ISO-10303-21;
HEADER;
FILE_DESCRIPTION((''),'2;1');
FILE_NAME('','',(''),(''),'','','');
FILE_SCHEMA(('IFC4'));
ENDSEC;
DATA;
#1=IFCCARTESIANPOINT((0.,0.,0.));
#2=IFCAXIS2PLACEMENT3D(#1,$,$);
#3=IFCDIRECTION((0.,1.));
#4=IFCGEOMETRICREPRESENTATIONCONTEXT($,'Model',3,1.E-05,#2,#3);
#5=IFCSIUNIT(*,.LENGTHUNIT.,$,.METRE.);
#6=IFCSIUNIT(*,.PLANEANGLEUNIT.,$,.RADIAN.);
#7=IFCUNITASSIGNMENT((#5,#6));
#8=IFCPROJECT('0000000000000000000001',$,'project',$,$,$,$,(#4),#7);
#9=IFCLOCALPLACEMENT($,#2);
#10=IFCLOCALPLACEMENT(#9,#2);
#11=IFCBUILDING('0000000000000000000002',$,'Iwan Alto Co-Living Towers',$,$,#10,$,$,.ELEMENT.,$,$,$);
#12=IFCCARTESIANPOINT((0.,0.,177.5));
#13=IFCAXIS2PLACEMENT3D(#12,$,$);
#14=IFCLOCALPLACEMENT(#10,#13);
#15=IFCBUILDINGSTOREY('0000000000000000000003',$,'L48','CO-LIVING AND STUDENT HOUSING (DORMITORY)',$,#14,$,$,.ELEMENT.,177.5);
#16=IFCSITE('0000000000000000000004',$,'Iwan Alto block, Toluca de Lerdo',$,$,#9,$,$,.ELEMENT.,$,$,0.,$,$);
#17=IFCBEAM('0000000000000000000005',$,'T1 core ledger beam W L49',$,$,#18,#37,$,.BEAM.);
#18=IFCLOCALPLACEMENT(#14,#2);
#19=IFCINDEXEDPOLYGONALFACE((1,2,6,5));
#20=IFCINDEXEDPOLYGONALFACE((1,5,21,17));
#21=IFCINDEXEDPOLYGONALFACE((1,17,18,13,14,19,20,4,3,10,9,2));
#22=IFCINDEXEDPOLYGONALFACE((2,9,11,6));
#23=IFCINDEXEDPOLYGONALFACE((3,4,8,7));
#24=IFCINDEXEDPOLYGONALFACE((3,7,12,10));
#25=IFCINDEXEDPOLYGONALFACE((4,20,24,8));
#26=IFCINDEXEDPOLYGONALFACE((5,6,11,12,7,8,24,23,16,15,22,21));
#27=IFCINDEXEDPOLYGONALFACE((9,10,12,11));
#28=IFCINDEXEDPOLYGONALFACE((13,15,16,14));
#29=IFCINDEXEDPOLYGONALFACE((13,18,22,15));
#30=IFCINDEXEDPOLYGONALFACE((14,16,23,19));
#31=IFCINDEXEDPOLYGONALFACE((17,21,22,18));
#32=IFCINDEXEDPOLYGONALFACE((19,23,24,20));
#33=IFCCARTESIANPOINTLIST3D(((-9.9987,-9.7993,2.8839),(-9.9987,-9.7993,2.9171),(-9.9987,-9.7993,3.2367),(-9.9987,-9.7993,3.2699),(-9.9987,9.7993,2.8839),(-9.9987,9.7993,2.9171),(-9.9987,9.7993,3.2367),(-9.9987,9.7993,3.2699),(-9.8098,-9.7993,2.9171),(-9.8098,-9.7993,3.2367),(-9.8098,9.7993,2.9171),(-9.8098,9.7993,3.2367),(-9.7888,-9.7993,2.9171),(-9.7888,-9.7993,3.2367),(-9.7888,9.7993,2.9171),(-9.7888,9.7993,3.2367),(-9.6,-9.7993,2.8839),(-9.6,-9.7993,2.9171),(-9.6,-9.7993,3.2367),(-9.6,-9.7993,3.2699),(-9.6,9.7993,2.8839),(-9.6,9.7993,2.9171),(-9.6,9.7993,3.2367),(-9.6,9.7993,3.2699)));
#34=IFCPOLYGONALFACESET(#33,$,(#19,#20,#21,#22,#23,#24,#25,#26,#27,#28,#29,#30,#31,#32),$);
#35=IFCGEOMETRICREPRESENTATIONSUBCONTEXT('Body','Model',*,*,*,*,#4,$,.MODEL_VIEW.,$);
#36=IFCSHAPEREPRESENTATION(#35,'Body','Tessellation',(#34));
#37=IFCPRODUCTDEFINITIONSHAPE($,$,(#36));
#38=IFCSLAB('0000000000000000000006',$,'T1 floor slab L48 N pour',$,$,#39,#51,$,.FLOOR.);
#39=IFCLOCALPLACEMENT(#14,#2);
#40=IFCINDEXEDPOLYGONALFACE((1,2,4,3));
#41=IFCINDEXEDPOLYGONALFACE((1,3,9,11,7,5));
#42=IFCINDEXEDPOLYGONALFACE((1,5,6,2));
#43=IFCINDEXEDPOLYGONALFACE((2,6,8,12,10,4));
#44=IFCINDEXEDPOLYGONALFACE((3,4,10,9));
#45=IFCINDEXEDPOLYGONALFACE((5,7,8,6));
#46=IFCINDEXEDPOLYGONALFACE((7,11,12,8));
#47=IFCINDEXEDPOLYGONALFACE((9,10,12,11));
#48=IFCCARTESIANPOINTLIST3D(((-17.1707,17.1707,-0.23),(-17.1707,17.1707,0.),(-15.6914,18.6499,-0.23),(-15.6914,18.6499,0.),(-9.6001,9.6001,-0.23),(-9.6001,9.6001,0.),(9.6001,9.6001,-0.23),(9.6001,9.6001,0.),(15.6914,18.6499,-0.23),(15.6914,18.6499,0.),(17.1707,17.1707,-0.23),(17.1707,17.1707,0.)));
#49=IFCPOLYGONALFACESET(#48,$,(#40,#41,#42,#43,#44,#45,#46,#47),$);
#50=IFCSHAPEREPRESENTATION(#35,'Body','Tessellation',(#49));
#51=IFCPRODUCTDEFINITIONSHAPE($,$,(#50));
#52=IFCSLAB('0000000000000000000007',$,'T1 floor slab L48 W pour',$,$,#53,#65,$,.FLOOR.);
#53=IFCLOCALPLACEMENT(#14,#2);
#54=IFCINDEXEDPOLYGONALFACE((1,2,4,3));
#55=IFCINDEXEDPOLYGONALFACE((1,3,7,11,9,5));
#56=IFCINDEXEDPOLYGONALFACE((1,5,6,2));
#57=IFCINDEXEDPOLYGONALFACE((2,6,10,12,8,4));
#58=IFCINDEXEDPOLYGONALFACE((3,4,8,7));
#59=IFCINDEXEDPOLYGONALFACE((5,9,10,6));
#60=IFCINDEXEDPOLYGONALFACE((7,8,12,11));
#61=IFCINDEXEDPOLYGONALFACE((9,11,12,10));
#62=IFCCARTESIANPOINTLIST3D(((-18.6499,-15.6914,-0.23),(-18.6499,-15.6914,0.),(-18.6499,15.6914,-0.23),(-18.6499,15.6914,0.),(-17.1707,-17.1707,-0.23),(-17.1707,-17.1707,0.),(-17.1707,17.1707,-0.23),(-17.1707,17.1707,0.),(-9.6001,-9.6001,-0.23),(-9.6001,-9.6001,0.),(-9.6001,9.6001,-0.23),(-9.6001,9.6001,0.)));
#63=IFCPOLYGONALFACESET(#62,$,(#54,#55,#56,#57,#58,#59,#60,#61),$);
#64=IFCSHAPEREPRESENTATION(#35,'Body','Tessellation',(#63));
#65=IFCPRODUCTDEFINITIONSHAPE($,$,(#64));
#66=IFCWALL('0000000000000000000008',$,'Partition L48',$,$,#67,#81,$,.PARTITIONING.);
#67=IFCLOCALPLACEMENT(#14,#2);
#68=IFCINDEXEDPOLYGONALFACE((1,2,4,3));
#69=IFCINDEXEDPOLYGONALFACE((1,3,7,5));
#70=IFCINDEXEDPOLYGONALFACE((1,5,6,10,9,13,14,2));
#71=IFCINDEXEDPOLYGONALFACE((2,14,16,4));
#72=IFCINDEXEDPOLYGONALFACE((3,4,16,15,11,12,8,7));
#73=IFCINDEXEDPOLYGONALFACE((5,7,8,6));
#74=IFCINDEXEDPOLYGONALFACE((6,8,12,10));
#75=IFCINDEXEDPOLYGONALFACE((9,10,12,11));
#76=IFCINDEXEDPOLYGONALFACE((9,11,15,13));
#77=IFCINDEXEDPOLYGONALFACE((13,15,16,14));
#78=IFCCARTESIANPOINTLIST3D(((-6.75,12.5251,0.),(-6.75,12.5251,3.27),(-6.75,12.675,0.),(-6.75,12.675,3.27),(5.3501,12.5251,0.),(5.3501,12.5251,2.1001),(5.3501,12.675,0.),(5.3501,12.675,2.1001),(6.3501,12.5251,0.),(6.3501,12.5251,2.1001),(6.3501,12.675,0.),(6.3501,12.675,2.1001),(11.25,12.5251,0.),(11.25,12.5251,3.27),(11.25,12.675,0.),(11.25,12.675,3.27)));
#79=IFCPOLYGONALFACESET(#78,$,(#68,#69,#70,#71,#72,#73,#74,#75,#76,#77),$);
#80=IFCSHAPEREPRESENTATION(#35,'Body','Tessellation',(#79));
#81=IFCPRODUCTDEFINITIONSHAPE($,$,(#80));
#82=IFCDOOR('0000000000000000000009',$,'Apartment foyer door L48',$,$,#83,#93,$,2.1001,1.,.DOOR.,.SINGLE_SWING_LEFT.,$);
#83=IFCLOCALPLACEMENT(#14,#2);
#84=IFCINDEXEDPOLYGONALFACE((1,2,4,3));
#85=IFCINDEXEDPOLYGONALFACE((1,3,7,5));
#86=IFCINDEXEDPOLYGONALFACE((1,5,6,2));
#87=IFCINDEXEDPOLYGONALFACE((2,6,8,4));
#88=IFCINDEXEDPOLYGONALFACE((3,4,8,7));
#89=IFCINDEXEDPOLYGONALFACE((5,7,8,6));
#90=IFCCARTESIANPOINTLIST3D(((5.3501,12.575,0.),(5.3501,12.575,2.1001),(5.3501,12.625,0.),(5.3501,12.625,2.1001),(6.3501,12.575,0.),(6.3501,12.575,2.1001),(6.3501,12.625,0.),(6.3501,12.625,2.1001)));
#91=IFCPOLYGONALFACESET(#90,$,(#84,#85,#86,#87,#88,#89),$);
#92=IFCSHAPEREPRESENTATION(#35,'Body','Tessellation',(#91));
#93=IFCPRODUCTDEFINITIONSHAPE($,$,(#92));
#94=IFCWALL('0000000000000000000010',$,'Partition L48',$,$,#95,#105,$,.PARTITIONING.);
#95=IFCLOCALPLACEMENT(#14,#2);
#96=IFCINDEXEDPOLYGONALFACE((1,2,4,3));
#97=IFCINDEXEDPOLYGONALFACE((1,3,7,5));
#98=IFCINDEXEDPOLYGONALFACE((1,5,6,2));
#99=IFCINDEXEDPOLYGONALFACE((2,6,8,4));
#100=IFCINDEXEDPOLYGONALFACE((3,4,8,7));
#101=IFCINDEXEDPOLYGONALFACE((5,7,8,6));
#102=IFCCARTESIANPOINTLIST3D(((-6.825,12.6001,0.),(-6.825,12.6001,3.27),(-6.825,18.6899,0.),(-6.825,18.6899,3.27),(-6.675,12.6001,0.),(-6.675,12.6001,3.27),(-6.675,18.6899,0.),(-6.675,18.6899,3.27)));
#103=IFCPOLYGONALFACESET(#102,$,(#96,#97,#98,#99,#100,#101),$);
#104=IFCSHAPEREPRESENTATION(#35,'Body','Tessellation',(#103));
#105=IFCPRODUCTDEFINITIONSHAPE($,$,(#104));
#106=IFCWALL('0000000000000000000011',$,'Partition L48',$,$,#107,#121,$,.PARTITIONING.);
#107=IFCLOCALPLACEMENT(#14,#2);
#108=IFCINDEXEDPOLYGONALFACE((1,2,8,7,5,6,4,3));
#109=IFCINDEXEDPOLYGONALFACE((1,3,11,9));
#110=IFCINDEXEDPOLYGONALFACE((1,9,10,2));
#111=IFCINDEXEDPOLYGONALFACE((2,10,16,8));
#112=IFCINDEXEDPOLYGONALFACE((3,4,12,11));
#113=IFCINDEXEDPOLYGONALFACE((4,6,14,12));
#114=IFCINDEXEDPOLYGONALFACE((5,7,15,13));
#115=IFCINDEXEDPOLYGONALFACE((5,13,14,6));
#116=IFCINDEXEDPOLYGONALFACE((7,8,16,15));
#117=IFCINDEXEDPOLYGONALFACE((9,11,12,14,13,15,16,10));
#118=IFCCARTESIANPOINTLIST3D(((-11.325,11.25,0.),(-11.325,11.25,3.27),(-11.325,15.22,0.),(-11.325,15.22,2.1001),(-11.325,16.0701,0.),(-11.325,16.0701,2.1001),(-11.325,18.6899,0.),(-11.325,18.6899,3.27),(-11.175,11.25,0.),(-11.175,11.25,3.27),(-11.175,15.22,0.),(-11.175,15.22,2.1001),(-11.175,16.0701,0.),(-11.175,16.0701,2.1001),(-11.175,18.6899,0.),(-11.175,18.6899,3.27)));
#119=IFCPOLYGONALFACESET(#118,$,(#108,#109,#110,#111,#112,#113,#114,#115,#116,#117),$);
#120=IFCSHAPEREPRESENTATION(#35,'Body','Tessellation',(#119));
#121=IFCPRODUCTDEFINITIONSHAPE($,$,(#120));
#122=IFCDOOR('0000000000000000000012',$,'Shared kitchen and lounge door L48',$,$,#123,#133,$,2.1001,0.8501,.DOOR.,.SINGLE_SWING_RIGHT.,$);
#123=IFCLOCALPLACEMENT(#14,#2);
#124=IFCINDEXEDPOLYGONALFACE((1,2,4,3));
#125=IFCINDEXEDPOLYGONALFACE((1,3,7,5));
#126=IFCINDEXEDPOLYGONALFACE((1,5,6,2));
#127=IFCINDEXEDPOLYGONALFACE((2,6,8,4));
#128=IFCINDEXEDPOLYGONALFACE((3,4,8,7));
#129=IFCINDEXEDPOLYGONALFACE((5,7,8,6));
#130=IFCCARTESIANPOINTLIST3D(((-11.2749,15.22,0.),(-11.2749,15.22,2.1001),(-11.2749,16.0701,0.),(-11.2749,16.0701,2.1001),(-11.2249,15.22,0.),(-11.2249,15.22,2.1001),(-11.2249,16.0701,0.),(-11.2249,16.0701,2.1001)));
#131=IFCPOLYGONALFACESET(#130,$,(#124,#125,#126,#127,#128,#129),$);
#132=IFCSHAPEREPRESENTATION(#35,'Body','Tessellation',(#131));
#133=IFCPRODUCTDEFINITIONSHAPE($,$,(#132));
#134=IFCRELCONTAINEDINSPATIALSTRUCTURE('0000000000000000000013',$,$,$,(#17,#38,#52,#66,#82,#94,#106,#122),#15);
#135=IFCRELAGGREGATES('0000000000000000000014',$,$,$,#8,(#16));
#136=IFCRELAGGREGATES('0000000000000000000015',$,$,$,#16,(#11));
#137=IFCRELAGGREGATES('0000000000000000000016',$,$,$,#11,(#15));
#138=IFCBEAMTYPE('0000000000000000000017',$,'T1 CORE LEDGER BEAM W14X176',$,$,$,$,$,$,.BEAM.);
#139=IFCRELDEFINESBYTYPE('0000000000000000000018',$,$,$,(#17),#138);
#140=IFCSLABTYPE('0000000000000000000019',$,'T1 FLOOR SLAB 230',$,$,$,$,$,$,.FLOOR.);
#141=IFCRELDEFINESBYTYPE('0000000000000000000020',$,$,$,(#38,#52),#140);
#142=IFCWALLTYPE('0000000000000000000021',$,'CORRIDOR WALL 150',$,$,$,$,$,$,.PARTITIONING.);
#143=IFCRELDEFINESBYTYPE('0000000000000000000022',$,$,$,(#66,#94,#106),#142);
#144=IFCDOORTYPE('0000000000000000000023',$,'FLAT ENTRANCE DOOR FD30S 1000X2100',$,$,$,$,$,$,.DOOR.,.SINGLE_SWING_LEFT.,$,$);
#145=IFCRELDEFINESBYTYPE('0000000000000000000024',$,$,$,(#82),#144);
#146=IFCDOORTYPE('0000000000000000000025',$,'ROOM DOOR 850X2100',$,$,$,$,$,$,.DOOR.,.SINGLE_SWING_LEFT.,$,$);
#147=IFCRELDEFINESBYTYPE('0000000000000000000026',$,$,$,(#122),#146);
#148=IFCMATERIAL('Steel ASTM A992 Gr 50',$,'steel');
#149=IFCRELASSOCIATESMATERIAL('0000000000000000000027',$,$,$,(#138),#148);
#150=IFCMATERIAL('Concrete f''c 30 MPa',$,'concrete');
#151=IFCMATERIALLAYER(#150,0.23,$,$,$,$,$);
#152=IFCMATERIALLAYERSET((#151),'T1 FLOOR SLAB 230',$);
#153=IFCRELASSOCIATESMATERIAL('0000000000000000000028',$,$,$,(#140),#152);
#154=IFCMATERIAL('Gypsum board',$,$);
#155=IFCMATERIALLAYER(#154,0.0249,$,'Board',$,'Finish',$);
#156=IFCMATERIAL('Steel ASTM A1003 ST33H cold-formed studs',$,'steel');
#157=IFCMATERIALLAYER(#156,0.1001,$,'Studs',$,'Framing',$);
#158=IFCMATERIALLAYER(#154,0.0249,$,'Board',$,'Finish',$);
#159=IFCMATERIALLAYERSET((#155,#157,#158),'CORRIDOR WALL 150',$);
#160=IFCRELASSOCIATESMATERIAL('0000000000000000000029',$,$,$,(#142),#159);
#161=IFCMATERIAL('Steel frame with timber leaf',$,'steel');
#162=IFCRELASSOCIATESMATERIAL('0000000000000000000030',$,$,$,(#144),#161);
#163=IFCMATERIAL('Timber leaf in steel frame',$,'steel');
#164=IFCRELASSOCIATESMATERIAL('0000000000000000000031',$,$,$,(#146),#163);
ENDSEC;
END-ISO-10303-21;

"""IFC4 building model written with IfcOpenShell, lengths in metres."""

from ifc_helpers import new_model, si_unit, direction, frame, frame_2d, origin, origin_2d, place, context, subcontext, project, spatial, polyline, rectangle, i_section, outline, extrude, material, layer, layer_set, material_profile, profile_set, type_object, element, fill, save


model = new_model("IFC4")

# Units and contexts
model_context = context("Model", 3, precision=1e-05, world=origin(), true_north=direction((0.0, 1.0)))
body_context = subcontext(model_context, "Body", "Model", "MODEL_VIEW")
ifc_project = project(units=[si_unit("LENGTHUNIT", "METRE"), si_unit("PLANEANGLEUNIT", "RADIAN")], contexts=[model_context])

# Site, building, storey
site_placement = place(None, origin())
site = spatial("IfcSite", under=ifc_project, at=site_placement, Name="Iwan Alto block, Toluca de Lerdo", CompositionType="ELEMENT", RefElevation=0.0)
building_placement = place(site_placement, origin())
building = spatial("IfcBuilding", under=site, at=building_placement, Name="Iwan Alto Co-Living Towers", CompositionType="ELEMENT")
storey_placement = place(building_placement, frame((0.0, 0.0, 177.5)))
storey = spatial("IfcBuildingStorey", under=building, at=storey_placement, Name="L48", Description="CO-LIVING AND STUDENT HOUSING (DORMITORY)", CompositionType="ELEMENT", Elevation=177.5)

# Beam
ifc_material_1 = material(Name="Steel ASTM A992 Gr 50", Category="steel")
ifc_material_profile = material_profile(ifc_material_1, i_section(OverallWidth=0.3987, OverallDepth=0.386, WebThickness=0.021, FlangeThickness=0.0332, at=origin_2d()), Name="W14X176")
ifc_profile_set = profile_set([ifc_material_profile], Name="Steel ASTM A992 Gr 50")
beam_type = type_object("IfcBeamType", Name="T1 CORE LEDGER BEAM W14X176", PredefinedType="BEAM", material=ifc_profile_set)
beam_placement = place(storey_placement, frame((-9.7993, 9.7993, 3.0769), z_axis=(0.0, -1.0, 0.0), x_axis=(1.0, 0.0, 0.0)))
element("IfcBeam", 1, at=beam_placement, inside=storey, type_object=beam_type, Name="T1 core ledger beam W L49", PredefinedType="BEAM", context=body_context, shape_type="SweptSolid", body=[
    extrude(i_section(OverallWidth=0.3987, OverallDepth=0.386, WebThickness=0.021, FlangeThickness=0.0332, at=origin_2d()), origin(), (0.0, 0.0, 1.0), 19.5986),
])

# Slabs
ifc_material_2 = material(Name="Concrete f'c 30 MPa", Category="concrete")
ifc_layer_1 = layer(ifc_material_2, 0.23)
ifc_layer_set_1 = layer_set([ifc_layer_1], Name="T1 FLOOR SLAB 230")
slab_type = type_object("IfcSlabType", Name="T1 FLOOR SLAB 230", PredefinedType="FLOOR", material=ifc_layer_set_1)
slab_1_placement = place(storey_placement, frame((0.0, 0.0, -0.23)))
element("IfcSlab", 2, at=slab_1_placement, inside=storey, type_object=slab_type, Name="T1 floor slab L48 N pour", PredefinedType="FLOOR", context=body_context, shape_type="SweptSolid", body=[
    extrude(outline(polyline([(-15.6914, 18.6499), (15.6914, 18.6499), (17.1707, 17.1707), (9.6001, 9.6001), (-9.6001, 9.6001), (-17.1707, 17.1707), (-15.6914, 18.6499)])), origin(), (0.0, 0.0, 1.0), 0.23),
])
slab_2_placement = place(storey_placement, frame((0.0, 0.0, -0.23)))
element("IfcSlab", 3, at=slab_2_placement, inside=storey, type_object=slab_type, Name="T1 floor slab L48 W pour", PredefinedType="FLOOR", context=body_context, shape_type="SweptSolid", body=[
    extrude(outline(polyline([(-18.6499, 15.6914), (-17.1707, 17.1707), (-9.6001, 9.6001), (-9.6001, -9.6001), (-17.1707, -17.1707), (-18.6499, -15.6914), (-18.6499, 15.6914)])), origin(), (0.0, 0.0, 1.0), 0.23),
])

# Wall, opening, door
ifc_material_3 = material(Name="Gypsum board")
ifc_layer_2 = layer(ifc_material_3, 0.0249, Name="Board", Category="Finish")
ifc_material_4 = material(Name="Steel ASTM A1003 ST33H cold-formed studs", Category="steel")
ifc_layer_3 = layer(ifc_material_4, 0.1001, Name="Studs", Category="Framing")
ifc_layer_4 = layer(ifc_material_3, 0.0249, Name="Board", Category="Finish")
ifc_layer_set_2 = layer_set([ifc_layer_2, ifc_layer_3, ifc_layer_4], Name="CORRIDOR WALL 150")
wall_type_1 = type_object("IfcWallType", Name="CORRIDOR WALL 150", PredefinedType="PARTITIONING", material=ifc_layer_set_2)
wall_1_placement = place(storey_placement, frame((-6.75, 12.6001, 0.0), z_axis=(0.0, 0.0, 1.0), x_axis=(1.0, 0.0, 0.0)))
wall_1 = element("IfcWall", 4, at=wall_1_placement, inside=storey, type_object=wall_type_1, Name="Partition L48", PredefinedType="PARTITIONING", context=body_context, shape_type="SweptSolid", body=[
    extrude(rectangle(XDim=18.0, YDim=0.1499, at=frame_2d((9.0, 0.0))), origin(), (0.0, 0.0, 1.0), 3.27),
])
opening_1_placement = place(wall_1_placement, frame((12.1001, 0.0, 0.0)))
opening_1 = element("IfcOpeningElement", 5, at=opening_1_placement, cuts=wall_1, PredefinedType="OPENING", context=body_context, shape_type="SweptSolid", body=[
    extrude(rectangle(XDim=1.0, YDim=2.1001, at=frame_2d((0.5, 1.05))), frame((0.0, 0.085, 0.0), z_axis=(0.0, -1.0, 0.0), x_axis=(1.0, 0.0, 0.0)), (0.0, 0.0, 1.0), 0.1699),
])
ifc_material_5 = material(Name="Steel frame with timber leaf", Category="steel")
door_type_1 = type_object("IfcDoorType", Name="FLAT ENTRANCE DOOR FD30S 1000X2100", OperationType="SINGLE_SWING_LEFT", PredefinedType="DOOR", material=ifc_material_5)
door_1_placement = place(opening_1_placement, origin())
door_1 = element("IfcDoor", 6, at=door_1_placement, inside=storey, type_object=door_type_1, Name="Apartment foyer door L48", OperationType="SINGLE_SWING_LEFT", OverallHeight=2.1001, OverallWidth=1.0, PredefinedType="DOOR", context=body_context, shape_type="SweptSolid", body=[
    extrude(rectangle(XDim=1.0, YDim=2.1001, at=frame_2d((0.5, 1.05))), frame((0.0, 0.0249, 0.0), z_axis=(0.0, -1.0, 0.0), x_axis=(1.0, 0.0, 0.0)), (0.0, 0.0, 1.0), 0.05),
])
fill(opening_1, door_1)

# Wall
wall_2_placement = place(storey_placement, frame((-6.75, 12.6001, 0.0), z_axis=(0.0, 0.0, 1.0), x_axis=(0.0, 1.0, 0.0)))
element("IfcWall", 7, at=wall_2_placement, inside=storey, type_object=wall_type_1, Name="Partition L48", PredefinedType="PARTITIONING", context=body_context, shape_type="SweptSolid", body=[
    extrude(rectangle(XDim=6.0898, YDim=0.1499, at=frame_2d((3.0449, 0.0))), origin(), (0.0, 0.0, 1.0), 3.27),
])

# Wall, opening, door
wall_3_placement = place(storey_placement, frame((-11.25, 11.25, 0.0), z_axis=(0.0, 0.0, 1.0), x_axis=(0.0, 1.0, 0.0)))
wall_3 = element("IfcWall", 8, at=wall_3_placement, inside=storey, type_object=wall_type_1, Name="Partition L48", PredefinedType="PARTITIONING", context=body_context, shape_type="SweptSolid", body=[
    extrude(rectangle(XDim=7.4399, YDim=0.1499, at=frame_2d((3.72, 0.0))), origin(), (0.0, 0.0, 1.0), 3.27),
])
opening_2_placement = place(wall_3_placement, frame((3.97, 0.0, 0.0)))
opening_2 = element("IfcOpeningElement", 9, at=opening_2_placement, cuts=wall_3, PredefinedType="OPENING", context=body_context, shape_type="SweptSolid", body=[
    extrude(rectangle(XDim=0.8501, YDim=2.1001, at=frame_2d((0.425, 1.05))), frame((0.0, 0.085, 0.0), z_axis=(0.0, -1.0, 0.0), x_axis=(1.0, 0.0, 0.0)), (0.0, 0.0, 1.0), 0.1699),
])
ifc_material_6 = material(Name="Timber leaf in steel frame", Category="steel")
door_type_2 = type_object("IfcDoorType", Name="ROOM DOOR 850X2100", OperationType="SINGLE_SWING_LEFT", PredefinedType="DOOR", material=ifc_material_6)
door_2_placement = place(opening_2_placement, origin())
door_2 = element("IfcDoor", 10, at=door_2_placement, inside=storey, type_object=door_type_2, Name="Shared kitchen and lounge door L48", OperationType="SINGLE_SWING_RIGHT", OverallHeight=2.1001, OverallWidth=0.8501, PredefinedType="DOOR", context=body_context, shape_type="SweptSolid", body=[
    extrude(rectangle(XDim=0.8501, YDim=2.1001, at=frame_2d((0.425, 1.05))), frame((0.0, 0.0249, 0.0), z_axis=(0.0, -1.0, 0.0), x_axis=(1.0, 0.0, 0.0)), (0.0, 0.0, 1.0), 0.05),
])
fill(opening_2, door_2)

save(model, "model.ifc")
